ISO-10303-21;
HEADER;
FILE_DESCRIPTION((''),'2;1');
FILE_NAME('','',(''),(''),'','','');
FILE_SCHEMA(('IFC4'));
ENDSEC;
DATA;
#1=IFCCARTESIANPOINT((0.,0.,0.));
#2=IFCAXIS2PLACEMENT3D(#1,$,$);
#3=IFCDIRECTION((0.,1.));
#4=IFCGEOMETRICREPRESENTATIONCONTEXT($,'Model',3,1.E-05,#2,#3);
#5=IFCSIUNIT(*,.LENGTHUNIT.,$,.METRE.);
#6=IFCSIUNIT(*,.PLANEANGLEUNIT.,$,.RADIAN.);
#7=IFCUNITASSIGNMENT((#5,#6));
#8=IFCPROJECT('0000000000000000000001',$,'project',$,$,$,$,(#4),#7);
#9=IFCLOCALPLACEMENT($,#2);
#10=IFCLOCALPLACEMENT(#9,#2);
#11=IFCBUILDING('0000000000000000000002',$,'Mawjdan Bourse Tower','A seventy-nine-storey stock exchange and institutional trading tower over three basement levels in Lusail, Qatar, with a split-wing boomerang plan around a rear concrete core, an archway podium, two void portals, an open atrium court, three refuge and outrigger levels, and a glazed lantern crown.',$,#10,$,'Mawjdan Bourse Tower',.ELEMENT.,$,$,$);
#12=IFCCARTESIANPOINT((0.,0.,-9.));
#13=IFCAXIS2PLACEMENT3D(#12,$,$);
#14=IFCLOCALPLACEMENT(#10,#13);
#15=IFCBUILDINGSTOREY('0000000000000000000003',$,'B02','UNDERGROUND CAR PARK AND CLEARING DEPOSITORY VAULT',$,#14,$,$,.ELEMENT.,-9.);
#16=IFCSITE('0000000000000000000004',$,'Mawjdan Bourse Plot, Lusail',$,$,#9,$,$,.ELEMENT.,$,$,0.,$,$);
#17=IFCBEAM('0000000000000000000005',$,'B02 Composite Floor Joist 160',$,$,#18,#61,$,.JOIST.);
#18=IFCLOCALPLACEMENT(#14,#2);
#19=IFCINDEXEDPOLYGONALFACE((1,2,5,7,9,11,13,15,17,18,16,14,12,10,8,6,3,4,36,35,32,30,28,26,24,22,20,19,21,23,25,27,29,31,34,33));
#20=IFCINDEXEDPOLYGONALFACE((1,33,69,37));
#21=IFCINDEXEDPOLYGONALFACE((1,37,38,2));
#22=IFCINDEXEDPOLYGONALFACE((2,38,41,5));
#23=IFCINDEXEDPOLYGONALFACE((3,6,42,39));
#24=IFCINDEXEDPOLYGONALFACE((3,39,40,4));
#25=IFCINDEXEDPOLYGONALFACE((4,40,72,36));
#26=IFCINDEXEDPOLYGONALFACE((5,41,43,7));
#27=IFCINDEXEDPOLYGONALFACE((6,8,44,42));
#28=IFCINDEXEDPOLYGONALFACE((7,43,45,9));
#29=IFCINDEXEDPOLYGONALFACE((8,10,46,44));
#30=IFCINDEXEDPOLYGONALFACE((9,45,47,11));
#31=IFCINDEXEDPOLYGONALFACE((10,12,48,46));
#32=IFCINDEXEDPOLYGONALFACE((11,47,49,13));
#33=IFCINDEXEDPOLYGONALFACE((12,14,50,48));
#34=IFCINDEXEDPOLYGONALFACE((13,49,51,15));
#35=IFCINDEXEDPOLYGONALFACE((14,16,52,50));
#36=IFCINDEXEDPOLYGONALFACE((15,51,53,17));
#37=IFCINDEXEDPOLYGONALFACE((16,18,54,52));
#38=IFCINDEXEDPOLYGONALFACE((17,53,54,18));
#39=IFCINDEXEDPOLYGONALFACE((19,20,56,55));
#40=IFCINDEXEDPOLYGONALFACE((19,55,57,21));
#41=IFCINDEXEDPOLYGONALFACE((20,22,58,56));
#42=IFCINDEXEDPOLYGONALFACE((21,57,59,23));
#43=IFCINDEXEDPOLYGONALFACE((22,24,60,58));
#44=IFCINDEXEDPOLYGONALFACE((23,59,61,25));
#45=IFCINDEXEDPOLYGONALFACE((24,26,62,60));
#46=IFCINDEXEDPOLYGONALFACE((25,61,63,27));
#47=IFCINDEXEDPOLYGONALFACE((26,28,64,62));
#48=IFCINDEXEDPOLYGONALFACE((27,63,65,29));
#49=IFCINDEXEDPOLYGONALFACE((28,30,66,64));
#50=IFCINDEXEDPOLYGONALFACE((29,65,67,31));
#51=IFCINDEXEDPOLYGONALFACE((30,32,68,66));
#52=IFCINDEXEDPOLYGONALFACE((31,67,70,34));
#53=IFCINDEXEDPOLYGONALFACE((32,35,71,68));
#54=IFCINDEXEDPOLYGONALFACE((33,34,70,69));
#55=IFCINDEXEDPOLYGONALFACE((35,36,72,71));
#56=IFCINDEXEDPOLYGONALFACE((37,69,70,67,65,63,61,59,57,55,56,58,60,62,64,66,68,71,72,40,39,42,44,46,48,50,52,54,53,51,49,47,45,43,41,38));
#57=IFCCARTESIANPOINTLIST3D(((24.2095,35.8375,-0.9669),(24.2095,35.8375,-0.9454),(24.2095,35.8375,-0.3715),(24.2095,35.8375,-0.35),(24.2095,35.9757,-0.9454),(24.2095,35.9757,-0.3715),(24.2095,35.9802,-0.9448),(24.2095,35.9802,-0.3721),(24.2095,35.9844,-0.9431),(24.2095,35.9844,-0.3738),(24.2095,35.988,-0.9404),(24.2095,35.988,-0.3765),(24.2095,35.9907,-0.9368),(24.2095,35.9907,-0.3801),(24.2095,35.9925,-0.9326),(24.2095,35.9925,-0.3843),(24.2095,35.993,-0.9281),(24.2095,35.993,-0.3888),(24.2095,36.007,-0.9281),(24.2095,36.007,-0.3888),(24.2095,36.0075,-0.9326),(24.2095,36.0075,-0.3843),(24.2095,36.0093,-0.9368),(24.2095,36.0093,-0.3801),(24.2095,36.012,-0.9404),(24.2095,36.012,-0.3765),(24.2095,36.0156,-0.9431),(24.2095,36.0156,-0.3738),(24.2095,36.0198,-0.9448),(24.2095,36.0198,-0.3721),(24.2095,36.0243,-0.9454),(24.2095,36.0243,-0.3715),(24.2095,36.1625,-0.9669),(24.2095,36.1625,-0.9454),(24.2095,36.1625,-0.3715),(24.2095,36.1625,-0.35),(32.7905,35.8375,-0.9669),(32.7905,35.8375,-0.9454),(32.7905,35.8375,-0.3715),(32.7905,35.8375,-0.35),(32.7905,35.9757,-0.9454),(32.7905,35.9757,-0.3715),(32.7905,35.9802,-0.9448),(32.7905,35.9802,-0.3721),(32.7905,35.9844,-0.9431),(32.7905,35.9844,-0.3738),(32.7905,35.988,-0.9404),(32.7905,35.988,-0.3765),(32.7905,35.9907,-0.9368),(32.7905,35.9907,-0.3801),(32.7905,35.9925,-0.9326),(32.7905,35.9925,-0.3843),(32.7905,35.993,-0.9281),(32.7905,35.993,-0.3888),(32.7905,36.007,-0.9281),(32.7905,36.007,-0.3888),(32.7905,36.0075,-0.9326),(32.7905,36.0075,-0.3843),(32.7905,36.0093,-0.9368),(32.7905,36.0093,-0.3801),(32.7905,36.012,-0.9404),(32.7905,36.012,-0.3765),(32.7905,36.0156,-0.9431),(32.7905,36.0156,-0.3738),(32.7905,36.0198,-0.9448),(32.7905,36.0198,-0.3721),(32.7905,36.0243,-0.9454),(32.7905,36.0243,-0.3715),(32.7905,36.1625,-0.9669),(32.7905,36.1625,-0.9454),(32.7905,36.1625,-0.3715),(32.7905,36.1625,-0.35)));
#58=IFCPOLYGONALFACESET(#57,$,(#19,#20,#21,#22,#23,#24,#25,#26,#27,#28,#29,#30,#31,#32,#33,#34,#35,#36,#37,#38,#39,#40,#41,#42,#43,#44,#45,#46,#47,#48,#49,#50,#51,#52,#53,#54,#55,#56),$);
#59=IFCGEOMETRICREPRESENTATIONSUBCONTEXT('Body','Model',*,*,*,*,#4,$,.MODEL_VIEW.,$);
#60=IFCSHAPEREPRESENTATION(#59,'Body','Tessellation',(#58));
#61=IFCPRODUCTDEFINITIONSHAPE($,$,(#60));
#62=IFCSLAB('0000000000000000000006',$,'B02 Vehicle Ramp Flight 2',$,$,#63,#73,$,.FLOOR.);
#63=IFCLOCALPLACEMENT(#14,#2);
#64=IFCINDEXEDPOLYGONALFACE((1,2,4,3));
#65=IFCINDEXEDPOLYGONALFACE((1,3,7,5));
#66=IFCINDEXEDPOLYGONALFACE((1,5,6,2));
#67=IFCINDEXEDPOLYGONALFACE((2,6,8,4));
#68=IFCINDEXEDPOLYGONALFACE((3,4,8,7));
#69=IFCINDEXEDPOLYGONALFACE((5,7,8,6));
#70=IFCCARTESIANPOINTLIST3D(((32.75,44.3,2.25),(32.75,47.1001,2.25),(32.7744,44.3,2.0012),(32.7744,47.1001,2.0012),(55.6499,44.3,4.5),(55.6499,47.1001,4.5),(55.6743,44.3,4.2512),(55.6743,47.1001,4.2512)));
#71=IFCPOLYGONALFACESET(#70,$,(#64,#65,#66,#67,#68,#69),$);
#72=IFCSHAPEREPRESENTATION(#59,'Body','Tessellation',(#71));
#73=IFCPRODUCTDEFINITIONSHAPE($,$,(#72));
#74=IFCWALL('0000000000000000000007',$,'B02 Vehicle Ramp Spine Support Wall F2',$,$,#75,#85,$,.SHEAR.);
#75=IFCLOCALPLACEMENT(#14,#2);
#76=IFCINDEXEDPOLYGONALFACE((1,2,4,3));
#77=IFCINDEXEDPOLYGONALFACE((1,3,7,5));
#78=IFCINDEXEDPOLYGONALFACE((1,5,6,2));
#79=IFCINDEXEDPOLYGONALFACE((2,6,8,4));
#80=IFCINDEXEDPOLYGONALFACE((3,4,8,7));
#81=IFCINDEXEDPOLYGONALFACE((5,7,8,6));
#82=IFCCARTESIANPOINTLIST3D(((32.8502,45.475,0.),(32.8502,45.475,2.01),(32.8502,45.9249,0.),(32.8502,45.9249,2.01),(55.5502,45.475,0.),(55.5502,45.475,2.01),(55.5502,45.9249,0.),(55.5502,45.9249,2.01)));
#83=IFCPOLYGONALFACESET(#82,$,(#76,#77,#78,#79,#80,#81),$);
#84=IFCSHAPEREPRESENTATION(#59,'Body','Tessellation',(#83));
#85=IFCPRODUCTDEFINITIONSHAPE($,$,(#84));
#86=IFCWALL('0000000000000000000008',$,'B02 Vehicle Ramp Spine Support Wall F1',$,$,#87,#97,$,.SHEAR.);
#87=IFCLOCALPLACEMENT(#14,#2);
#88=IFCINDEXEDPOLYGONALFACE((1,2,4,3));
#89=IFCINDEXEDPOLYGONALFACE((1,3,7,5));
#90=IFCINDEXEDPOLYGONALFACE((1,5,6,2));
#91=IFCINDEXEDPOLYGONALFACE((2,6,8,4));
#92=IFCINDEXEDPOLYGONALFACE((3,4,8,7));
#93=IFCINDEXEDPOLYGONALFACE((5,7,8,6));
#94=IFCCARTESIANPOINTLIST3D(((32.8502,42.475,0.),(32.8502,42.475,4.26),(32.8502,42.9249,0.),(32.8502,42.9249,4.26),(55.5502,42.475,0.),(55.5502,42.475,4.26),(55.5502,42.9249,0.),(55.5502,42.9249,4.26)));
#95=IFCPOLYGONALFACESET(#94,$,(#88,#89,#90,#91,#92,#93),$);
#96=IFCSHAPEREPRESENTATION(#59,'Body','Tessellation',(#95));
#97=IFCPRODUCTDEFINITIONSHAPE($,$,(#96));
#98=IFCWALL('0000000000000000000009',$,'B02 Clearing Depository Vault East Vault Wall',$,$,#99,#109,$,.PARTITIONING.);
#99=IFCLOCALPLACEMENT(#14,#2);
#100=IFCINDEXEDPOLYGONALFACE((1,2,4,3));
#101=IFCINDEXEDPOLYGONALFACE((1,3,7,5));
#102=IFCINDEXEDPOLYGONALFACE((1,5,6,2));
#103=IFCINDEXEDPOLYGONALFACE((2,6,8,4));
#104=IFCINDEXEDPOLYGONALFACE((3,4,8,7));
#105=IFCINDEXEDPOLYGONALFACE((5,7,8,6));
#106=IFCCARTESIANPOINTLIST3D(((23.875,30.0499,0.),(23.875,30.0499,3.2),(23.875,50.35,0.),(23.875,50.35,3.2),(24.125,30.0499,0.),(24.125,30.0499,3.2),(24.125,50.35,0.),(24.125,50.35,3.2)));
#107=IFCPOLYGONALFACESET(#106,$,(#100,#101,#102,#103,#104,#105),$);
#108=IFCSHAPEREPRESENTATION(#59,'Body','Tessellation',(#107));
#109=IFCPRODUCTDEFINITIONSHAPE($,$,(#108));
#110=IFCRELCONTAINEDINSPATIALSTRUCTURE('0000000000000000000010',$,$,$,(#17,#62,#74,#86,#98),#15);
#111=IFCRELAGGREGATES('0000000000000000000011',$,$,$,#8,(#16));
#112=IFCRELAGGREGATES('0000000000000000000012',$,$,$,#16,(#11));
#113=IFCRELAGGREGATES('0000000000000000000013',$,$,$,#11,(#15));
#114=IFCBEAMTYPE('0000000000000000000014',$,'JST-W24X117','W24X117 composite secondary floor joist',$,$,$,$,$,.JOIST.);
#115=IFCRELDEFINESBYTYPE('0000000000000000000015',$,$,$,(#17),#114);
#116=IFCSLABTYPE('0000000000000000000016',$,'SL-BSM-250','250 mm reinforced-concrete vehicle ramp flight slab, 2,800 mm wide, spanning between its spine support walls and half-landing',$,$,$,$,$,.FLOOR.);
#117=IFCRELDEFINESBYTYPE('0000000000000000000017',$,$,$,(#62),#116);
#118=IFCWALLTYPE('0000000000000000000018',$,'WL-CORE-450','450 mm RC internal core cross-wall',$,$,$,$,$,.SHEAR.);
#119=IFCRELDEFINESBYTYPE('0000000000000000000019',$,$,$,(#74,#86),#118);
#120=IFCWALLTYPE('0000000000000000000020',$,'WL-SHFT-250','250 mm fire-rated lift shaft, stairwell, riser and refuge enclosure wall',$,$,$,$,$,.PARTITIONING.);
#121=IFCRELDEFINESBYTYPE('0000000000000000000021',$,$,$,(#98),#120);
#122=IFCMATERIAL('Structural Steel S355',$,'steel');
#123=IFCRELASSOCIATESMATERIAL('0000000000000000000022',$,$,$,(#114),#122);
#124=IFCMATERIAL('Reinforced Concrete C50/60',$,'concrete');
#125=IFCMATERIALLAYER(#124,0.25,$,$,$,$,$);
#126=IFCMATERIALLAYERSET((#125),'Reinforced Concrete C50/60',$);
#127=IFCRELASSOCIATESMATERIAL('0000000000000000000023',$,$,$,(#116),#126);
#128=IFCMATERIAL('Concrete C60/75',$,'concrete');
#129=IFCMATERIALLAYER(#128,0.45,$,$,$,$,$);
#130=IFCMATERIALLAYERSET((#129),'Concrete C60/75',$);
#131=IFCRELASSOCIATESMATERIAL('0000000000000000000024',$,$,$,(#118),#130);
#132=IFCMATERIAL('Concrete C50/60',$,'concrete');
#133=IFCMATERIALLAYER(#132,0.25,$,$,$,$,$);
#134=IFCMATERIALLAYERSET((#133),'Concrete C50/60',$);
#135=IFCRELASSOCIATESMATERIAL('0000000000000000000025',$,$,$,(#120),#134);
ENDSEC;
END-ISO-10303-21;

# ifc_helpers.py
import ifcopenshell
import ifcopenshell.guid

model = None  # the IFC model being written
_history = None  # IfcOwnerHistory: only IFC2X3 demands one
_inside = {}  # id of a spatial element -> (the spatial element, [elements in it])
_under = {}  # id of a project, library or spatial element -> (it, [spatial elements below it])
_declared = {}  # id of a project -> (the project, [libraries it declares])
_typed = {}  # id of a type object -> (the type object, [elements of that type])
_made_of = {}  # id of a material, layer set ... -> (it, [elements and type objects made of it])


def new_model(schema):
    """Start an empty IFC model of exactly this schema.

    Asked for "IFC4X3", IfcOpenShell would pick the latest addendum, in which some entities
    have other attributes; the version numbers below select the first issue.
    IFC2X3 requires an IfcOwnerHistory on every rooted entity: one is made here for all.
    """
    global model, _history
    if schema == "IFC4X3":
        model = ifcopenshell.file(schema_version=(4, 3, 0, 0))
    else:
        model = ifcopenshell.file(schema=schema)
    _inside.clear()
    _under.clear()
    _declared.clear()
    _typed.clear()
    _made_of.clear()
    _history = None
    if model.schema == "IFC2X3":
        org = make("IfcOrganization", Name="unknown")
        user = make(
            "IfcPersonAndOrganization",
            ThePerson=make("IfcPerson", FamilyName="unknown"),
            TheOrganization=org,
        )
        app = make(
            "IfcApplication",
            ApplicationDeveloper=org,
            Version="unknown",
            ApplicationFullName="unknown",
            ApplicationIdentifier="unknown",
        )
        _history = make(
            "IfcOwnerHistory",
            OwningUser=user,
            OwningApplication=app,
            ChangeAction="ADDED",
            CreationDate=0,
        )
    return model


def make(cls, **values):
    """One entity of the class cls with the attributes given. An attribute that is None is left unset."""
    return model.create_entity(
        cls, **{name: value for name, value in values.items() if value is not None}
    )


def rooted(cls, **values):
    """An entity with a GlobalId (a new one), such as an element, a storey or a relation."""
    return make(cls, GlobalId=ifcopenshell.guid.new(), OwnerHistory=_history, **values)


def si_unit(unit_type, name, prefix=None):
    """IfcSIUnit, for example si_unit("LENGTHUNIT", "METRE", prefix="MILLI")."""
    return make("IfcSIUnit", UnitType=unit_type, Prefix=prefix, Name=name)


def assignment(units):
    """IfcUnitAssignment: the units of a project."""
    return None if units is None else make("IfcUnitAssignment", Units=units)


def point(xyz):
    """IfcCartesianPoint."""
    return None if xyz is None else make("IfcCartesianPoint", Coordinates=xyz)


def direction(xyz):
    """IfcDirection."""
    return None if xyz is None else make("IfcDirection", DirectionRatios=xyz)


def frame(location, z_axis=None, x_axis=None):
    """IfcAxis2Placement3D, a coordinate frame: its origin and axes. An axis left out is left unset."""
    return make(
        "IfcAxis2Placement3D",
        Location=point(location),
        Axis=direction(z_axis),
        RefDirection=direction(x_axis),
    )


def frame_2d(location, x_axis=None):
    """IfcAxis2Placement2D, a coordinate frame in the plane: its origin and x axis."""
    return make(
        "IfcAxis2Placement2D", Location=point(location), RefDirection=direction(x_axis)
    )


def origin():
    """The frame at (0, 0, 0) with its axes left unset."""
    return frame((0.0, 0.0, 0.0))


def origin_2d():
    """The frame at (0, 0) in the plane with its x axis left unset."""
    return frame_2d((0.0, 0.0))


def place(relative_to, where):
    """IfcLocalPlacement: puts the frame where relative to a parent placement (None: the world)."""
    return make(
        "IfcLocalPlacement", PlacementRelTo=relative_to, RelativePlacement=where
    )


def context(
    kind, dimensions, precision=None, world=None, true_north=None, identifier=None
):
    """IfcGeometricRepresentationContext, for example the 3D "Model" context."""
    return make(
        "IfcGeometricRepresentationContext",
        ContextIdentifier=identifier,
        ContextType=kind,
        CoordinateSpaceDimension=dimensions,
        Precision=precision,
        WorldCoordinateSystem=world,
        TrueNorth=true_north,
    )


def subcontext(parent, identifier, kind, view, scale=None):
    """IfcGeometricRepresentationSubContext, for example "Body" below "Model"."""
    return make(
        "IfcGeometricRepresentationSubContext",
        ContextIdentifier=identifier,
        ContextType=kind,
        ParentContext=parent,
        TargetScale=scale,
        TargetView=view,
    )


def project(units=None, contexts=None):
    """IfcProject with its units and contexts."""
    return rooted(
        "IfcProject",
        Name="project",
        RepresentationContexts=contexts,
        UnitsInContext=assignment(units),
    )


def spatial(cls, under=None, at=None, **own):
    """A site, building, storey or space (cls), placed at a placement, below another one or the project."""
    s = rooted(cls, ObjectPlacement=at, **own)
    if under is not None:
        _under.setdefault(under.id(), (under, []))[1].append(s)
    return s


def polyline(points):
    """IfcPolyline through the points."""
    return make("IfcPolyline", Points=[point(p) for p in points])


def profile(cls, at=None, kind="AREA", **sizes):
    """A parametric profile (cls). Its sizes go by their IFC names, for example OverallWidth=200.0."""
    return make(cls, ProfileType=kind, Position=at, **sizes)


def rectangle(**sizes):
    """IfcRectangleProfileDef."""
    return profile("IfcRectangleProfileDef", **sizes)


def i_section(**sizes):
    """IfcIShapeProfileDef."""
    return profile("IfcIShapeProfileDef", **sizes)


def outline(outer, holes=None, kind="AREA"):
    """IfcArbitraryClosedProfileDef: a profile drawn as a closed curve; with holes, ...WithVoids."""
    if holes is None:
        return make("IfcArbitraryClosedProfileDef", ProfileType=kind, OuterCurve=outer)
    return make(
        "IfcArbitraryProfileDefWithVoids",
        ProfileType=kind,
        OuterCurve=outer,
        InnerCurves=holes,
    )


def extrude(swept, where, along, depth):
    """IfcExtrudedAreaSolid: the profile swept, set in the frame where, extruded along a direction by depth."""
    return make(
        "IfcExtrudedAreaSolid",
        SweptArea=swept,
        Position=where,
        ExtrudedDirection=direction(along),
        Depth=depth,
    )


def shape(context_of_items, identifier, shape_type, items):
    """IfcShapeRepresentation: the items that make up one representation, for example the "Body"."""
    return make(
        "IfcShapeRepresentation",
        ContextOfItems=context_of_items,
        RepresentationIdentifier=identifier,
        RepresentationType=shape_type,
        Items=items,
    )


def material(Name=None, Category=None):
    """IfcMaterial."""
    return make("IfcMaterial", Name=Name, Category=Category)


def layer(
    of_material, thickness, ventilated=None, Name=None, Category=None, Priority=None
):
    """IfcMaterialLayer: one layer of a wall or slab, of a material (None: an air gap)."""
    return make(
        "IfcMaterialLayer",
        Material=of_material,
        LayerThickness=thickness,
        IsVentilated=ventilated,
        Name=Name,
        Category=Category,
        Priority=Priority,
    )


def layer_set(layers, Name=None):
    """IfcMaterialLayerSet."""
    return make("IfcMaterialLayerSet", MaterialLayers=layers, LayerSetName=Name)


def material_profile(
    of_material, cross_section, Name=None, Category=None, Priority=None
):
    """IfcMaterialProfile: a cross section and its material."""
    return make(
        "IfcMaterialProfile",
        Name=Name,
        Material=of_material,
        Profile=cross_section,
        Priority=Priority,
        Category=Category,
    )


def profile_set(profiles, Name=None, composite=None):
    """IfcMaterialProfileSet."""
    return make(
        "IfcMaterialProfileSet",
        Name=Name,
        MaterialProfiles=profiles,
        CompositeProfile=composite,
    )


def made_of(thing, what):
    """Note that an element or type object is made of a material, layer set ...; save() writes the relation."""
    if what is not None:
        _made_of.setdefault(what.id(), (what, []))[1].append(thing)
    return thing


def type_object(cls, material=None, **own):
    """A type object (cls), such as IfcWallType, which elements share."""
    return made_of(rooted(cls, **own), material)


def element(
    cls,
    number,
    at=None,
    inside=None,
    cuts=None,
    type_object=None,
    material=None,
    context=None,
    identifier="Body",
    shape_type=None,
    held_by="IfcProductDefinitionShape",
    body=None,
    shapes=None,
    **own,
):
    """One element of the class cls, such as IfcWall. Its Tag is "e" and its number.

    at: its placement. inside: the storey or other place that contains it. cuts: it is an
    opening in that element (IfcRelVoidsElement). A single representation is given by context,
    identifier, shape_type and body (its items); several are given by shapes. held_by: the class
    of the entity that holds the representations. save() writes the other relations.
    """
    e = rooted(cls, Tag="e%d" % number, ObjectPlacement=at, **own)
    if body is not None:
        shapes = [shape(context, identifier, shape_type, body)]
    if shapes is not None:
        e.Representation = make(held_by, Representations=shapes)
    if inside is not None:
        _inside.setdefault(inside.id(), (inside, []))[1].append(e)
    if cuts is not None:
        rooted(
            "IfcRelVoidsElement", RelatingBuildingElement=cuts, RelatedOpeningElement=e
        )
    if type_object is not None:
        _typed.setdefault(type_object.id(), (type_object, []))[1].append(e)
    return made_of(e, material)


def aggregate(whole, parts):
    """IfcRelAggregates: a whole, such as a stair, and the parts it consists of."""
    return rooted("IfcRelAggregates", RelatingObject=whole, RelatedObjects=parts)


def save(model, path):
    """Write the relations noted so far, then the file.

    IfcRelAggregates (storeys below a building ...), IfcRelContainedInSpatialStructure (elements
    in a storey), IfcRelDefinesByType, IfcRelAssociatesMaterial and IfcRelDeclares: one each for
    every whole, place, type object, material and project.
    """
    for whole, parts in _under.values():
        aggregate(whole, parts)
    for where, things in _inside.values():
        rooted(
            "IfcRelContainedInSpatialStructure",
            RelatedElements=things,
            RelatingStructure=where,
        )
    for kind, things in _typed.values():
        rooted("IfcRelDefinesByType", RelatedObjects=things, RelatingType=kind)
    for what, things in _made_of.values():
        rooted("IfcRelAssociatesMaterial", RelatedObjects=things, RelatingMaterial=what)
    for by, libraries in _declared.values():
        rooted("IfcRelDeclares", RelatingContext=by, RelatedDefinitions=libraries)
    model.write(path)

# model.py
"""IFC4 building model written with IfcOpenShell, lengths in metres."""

from ifc_helpers import new_model, si_unit, direction, frame, frame_2d, origin, origin_2d, place, context, subcontext, project, spatial, polyline, rectangle, i_section, outline, extrude, material, layer, layer_set, material_profile, profile_set, type_object, element, save


model = new_model("IFC4")

# Units and contexts
model_context = context("Model", 3, precision=1e-05, world=origin(), true_north=direction((0.0, 1.0)))
body_context = subcontext(model_context, "Body", "Model", "MODEL_VIEW")
ifc_project = project(units=[si_unit("LENGTHUNIT", "METRE"), si_unit("PLANEANGLEUNIT", "RADIAN")], contexts=[model_context])

# Site, building, storey
site_placement = place(None, origin())
site = spatial("IfcSite", under=ifc_project, at=site_placement, Name="Mawjdan Bourse Plot, Lusail", CompositionType="ELEMENT", RefElevation=0.0)
building_placement = place(site_placement, origin())
building = spatial("IfcBuilding", under=site, at=building_placement, Name="Mawjdan Bourse Tower", Description="A seventy-nine-storey stock exchange and institutional trading tower over three basement levels in Lusail, Qatar, with a split-wing boomerang plan around a rear concrete core, an archway podium, two void portals, an open atrium court, three refuge and outrigger levels, and a glazed lantern crown.", LongName="Mawjdan Bourse Tower", CompositionType="ELEMENT")
storey_placement = place(building_placement, frame((0.0, 0.0, -9.0)))
storey = spatial("IfcBuildingStorey", under=building, at=storey_placement, Name="B02", Description="UNDERGROUND CAR PARK AND CLEARING DEPOSITORY VAULT", CompositionType="ELEMENT", Elevation=-9.0)

# Shared definitions
ifc_material_1 = material(Name="Concrete C60/75", Category="concrete")

# Beam
ifc_material_2 = material(Name="Structural Steel S355", Category="steel")
ifc_material_profile_1 = material_profile(ifc_material_2, i_section(OverallWidth=0.325, OverallDepth=0.6169, WebThickness=0.0139, FlangeThickness=0.0215, FilletRadius=0.0173, at=origin_2d()), Name="W24X117")
ifc_profile_set_1 = profile_set([ifc_material_profile_1], Name="Structural Steel S355")
beam_type_1 = type_object("IfcBeamType", Name="JST-W24X117", Description="W24X117 composite secondary floor joist", PredefinedType="JOIST", material=ifc_profile_set_1)
for number, where, z_axis, x_axis, name in (
    (1, (24.2095, 36.0, -0.6584), (1.0, 0.0, 0.0), (0.0, 1.0, 0.0), "B02 Composite Floor Joist 160"),
):
    element("IfcBeam", number, at=place(storey_placement, frame(where, z_axis=z_axis, x_axis=x_axis)), inside=storey, type_object=beam_type_1, Name=name, PredefinedType="JOIST", context=body_context, shape_type="SweptSolid", body=[
        extrude(i_section(OverallWidth=0.325, OverallDepth=0.6169, WebThickness=0.0139, FlangeThickness=0.0215, FilletRadius=0.0173, at=origin_2d()), origin(), (0.0, 0.0, 1.0), 8.5811),
    ])

# Slab
ifc_material_3 = material(Name="Reinforced Concrete C50/60", Category="concrete")
ifc_layer_1 = layer(ifc_material_3, 0.25)
ifc_layer_set_1 = layer_set([ifc_layer_1], Name="Reinforced Concrete C50/60")
slab_type = type_object("IfcSlabType", Name="SL-BSM-250", Description="250 mm reinforced-concrete vehicle ramp flight slab, 2,800 mm wide, spanning between its spine support walls and half-landing", PredefinedType="FLOOR", material=ifc_layer_set_1)
slab_placement = place(storey_placement, frame((32.75, 44.3, 2.25), z_axis=(-0.097783, 0.0, 0.995208), x_axis=(0.995208, 0.0, 0.097783)))
element("IfcSlab", 2, at=slab_placement, inside=storey, type_object=slab_type, Name="B02 Vehicle Ramp Flight 2", PredefinedType="FLOOR", context=body_context, shape_type="SweptSolid", body=[
    extrude(outline(polyline([(0.0, 0.0), (23.0102, 0.0), (23.0102, 2.8), (0.0, 2.8), (0.0, 0.0)])), origin(), (0.0, 0.0, -1.0), 0.25),
])

# Walls
ifc_layer_2 = layer(ifc_material_1, 0.45)
ifc_layer_set_2 = layer_set([ifc_layer_2], Name="Concrete C60/75")
wall_type_1 = type_object("IfcWallType", Name="WL-CORE-450", Description="450 mm RC internal core cross-wall", PredefinedType="SHEAR", material=ifc_layer_set_2)
wall_1_placement = place(storey_placement, frame((32.8501, 45.7, 0.0), z_axis=(0.0, 0.0, 1.0), x_axis=(1.0, 0.0, 0.0)))
element("IfcWall", 3, at=wall_1_placement, inside=storey, type_object=wall_type_1, Name="B02 Vehicle Ramp Spine Support Wall F2", PredefinedType="SHEAR", context=body_context, shape_type="SweptSolid", body=[
    extrude(rectangle(XDim=22.7, YDim=0.45, at=frame_2d((11.3501, 0.0))), origin(), (0.0, 0.0, 1.0), 2.01),
])
wall_2_placement = place(storey_placement, frame((32.8501, 42.7, 0.0), z_axis=(0.0, 0.0, 1.0), x_axis=(1.0, 0.0, 0.0)))
element("IfcWall", 4, at=wall_2_placement, inside=storey, type_object=wall_type_1, Name="B02 Vehicle Ramp Spine Support Wall F1", PredefinedType="SHEAR", context=body_context, shape_type="SweptSolid", body=[
    extrude(rectangle(XDim=22.7, YDim=0.45, at=frame_2d((11.3501, 0.0))), origin(), (0.0, 0.0, 1.0), 4.26),
])
ifc_material_4 = material(Name="Concrete C50/60", Category="concrete")
ifc_layer_3 = layer(ifc_material_4, 0.25)
ifc_layer_set_3 = layer_set([ifc_layer_3], Name="Concrete C50/60")
wall_type_2 = type_object("IfcWallType", Name="WL-SHFT-250", Description="250 mm fire-rated lift shaft, stairwell, riser and refuge enclosure wall", PredefinedType="PARTITIONING", material=ifc_layer_set_3)
wall_3_placement = place(storey_placement, frame((24.0, 30.05, 0.0), z_axis=(0.0, 0.0, 1.0), x_axis=(0.0, 1.0, 0.0)))
element("IfcWall", 5, at=wall_3_placement, inside=storey, type_object=wall_type_2, Name="B02 Clearing Depository Vault East Vault Wall", PredefinedType="PARTITIONING", context=body_context, shape_type="SweptSolid", body=[
    extrude(rectangle(XDim=20.3, YDim=0.25, at=frame_2d((10.1499, 0.0))), origin(), (0.0, 0.0, 1.0), 3.2),
])

save(model, "model.ifc")
